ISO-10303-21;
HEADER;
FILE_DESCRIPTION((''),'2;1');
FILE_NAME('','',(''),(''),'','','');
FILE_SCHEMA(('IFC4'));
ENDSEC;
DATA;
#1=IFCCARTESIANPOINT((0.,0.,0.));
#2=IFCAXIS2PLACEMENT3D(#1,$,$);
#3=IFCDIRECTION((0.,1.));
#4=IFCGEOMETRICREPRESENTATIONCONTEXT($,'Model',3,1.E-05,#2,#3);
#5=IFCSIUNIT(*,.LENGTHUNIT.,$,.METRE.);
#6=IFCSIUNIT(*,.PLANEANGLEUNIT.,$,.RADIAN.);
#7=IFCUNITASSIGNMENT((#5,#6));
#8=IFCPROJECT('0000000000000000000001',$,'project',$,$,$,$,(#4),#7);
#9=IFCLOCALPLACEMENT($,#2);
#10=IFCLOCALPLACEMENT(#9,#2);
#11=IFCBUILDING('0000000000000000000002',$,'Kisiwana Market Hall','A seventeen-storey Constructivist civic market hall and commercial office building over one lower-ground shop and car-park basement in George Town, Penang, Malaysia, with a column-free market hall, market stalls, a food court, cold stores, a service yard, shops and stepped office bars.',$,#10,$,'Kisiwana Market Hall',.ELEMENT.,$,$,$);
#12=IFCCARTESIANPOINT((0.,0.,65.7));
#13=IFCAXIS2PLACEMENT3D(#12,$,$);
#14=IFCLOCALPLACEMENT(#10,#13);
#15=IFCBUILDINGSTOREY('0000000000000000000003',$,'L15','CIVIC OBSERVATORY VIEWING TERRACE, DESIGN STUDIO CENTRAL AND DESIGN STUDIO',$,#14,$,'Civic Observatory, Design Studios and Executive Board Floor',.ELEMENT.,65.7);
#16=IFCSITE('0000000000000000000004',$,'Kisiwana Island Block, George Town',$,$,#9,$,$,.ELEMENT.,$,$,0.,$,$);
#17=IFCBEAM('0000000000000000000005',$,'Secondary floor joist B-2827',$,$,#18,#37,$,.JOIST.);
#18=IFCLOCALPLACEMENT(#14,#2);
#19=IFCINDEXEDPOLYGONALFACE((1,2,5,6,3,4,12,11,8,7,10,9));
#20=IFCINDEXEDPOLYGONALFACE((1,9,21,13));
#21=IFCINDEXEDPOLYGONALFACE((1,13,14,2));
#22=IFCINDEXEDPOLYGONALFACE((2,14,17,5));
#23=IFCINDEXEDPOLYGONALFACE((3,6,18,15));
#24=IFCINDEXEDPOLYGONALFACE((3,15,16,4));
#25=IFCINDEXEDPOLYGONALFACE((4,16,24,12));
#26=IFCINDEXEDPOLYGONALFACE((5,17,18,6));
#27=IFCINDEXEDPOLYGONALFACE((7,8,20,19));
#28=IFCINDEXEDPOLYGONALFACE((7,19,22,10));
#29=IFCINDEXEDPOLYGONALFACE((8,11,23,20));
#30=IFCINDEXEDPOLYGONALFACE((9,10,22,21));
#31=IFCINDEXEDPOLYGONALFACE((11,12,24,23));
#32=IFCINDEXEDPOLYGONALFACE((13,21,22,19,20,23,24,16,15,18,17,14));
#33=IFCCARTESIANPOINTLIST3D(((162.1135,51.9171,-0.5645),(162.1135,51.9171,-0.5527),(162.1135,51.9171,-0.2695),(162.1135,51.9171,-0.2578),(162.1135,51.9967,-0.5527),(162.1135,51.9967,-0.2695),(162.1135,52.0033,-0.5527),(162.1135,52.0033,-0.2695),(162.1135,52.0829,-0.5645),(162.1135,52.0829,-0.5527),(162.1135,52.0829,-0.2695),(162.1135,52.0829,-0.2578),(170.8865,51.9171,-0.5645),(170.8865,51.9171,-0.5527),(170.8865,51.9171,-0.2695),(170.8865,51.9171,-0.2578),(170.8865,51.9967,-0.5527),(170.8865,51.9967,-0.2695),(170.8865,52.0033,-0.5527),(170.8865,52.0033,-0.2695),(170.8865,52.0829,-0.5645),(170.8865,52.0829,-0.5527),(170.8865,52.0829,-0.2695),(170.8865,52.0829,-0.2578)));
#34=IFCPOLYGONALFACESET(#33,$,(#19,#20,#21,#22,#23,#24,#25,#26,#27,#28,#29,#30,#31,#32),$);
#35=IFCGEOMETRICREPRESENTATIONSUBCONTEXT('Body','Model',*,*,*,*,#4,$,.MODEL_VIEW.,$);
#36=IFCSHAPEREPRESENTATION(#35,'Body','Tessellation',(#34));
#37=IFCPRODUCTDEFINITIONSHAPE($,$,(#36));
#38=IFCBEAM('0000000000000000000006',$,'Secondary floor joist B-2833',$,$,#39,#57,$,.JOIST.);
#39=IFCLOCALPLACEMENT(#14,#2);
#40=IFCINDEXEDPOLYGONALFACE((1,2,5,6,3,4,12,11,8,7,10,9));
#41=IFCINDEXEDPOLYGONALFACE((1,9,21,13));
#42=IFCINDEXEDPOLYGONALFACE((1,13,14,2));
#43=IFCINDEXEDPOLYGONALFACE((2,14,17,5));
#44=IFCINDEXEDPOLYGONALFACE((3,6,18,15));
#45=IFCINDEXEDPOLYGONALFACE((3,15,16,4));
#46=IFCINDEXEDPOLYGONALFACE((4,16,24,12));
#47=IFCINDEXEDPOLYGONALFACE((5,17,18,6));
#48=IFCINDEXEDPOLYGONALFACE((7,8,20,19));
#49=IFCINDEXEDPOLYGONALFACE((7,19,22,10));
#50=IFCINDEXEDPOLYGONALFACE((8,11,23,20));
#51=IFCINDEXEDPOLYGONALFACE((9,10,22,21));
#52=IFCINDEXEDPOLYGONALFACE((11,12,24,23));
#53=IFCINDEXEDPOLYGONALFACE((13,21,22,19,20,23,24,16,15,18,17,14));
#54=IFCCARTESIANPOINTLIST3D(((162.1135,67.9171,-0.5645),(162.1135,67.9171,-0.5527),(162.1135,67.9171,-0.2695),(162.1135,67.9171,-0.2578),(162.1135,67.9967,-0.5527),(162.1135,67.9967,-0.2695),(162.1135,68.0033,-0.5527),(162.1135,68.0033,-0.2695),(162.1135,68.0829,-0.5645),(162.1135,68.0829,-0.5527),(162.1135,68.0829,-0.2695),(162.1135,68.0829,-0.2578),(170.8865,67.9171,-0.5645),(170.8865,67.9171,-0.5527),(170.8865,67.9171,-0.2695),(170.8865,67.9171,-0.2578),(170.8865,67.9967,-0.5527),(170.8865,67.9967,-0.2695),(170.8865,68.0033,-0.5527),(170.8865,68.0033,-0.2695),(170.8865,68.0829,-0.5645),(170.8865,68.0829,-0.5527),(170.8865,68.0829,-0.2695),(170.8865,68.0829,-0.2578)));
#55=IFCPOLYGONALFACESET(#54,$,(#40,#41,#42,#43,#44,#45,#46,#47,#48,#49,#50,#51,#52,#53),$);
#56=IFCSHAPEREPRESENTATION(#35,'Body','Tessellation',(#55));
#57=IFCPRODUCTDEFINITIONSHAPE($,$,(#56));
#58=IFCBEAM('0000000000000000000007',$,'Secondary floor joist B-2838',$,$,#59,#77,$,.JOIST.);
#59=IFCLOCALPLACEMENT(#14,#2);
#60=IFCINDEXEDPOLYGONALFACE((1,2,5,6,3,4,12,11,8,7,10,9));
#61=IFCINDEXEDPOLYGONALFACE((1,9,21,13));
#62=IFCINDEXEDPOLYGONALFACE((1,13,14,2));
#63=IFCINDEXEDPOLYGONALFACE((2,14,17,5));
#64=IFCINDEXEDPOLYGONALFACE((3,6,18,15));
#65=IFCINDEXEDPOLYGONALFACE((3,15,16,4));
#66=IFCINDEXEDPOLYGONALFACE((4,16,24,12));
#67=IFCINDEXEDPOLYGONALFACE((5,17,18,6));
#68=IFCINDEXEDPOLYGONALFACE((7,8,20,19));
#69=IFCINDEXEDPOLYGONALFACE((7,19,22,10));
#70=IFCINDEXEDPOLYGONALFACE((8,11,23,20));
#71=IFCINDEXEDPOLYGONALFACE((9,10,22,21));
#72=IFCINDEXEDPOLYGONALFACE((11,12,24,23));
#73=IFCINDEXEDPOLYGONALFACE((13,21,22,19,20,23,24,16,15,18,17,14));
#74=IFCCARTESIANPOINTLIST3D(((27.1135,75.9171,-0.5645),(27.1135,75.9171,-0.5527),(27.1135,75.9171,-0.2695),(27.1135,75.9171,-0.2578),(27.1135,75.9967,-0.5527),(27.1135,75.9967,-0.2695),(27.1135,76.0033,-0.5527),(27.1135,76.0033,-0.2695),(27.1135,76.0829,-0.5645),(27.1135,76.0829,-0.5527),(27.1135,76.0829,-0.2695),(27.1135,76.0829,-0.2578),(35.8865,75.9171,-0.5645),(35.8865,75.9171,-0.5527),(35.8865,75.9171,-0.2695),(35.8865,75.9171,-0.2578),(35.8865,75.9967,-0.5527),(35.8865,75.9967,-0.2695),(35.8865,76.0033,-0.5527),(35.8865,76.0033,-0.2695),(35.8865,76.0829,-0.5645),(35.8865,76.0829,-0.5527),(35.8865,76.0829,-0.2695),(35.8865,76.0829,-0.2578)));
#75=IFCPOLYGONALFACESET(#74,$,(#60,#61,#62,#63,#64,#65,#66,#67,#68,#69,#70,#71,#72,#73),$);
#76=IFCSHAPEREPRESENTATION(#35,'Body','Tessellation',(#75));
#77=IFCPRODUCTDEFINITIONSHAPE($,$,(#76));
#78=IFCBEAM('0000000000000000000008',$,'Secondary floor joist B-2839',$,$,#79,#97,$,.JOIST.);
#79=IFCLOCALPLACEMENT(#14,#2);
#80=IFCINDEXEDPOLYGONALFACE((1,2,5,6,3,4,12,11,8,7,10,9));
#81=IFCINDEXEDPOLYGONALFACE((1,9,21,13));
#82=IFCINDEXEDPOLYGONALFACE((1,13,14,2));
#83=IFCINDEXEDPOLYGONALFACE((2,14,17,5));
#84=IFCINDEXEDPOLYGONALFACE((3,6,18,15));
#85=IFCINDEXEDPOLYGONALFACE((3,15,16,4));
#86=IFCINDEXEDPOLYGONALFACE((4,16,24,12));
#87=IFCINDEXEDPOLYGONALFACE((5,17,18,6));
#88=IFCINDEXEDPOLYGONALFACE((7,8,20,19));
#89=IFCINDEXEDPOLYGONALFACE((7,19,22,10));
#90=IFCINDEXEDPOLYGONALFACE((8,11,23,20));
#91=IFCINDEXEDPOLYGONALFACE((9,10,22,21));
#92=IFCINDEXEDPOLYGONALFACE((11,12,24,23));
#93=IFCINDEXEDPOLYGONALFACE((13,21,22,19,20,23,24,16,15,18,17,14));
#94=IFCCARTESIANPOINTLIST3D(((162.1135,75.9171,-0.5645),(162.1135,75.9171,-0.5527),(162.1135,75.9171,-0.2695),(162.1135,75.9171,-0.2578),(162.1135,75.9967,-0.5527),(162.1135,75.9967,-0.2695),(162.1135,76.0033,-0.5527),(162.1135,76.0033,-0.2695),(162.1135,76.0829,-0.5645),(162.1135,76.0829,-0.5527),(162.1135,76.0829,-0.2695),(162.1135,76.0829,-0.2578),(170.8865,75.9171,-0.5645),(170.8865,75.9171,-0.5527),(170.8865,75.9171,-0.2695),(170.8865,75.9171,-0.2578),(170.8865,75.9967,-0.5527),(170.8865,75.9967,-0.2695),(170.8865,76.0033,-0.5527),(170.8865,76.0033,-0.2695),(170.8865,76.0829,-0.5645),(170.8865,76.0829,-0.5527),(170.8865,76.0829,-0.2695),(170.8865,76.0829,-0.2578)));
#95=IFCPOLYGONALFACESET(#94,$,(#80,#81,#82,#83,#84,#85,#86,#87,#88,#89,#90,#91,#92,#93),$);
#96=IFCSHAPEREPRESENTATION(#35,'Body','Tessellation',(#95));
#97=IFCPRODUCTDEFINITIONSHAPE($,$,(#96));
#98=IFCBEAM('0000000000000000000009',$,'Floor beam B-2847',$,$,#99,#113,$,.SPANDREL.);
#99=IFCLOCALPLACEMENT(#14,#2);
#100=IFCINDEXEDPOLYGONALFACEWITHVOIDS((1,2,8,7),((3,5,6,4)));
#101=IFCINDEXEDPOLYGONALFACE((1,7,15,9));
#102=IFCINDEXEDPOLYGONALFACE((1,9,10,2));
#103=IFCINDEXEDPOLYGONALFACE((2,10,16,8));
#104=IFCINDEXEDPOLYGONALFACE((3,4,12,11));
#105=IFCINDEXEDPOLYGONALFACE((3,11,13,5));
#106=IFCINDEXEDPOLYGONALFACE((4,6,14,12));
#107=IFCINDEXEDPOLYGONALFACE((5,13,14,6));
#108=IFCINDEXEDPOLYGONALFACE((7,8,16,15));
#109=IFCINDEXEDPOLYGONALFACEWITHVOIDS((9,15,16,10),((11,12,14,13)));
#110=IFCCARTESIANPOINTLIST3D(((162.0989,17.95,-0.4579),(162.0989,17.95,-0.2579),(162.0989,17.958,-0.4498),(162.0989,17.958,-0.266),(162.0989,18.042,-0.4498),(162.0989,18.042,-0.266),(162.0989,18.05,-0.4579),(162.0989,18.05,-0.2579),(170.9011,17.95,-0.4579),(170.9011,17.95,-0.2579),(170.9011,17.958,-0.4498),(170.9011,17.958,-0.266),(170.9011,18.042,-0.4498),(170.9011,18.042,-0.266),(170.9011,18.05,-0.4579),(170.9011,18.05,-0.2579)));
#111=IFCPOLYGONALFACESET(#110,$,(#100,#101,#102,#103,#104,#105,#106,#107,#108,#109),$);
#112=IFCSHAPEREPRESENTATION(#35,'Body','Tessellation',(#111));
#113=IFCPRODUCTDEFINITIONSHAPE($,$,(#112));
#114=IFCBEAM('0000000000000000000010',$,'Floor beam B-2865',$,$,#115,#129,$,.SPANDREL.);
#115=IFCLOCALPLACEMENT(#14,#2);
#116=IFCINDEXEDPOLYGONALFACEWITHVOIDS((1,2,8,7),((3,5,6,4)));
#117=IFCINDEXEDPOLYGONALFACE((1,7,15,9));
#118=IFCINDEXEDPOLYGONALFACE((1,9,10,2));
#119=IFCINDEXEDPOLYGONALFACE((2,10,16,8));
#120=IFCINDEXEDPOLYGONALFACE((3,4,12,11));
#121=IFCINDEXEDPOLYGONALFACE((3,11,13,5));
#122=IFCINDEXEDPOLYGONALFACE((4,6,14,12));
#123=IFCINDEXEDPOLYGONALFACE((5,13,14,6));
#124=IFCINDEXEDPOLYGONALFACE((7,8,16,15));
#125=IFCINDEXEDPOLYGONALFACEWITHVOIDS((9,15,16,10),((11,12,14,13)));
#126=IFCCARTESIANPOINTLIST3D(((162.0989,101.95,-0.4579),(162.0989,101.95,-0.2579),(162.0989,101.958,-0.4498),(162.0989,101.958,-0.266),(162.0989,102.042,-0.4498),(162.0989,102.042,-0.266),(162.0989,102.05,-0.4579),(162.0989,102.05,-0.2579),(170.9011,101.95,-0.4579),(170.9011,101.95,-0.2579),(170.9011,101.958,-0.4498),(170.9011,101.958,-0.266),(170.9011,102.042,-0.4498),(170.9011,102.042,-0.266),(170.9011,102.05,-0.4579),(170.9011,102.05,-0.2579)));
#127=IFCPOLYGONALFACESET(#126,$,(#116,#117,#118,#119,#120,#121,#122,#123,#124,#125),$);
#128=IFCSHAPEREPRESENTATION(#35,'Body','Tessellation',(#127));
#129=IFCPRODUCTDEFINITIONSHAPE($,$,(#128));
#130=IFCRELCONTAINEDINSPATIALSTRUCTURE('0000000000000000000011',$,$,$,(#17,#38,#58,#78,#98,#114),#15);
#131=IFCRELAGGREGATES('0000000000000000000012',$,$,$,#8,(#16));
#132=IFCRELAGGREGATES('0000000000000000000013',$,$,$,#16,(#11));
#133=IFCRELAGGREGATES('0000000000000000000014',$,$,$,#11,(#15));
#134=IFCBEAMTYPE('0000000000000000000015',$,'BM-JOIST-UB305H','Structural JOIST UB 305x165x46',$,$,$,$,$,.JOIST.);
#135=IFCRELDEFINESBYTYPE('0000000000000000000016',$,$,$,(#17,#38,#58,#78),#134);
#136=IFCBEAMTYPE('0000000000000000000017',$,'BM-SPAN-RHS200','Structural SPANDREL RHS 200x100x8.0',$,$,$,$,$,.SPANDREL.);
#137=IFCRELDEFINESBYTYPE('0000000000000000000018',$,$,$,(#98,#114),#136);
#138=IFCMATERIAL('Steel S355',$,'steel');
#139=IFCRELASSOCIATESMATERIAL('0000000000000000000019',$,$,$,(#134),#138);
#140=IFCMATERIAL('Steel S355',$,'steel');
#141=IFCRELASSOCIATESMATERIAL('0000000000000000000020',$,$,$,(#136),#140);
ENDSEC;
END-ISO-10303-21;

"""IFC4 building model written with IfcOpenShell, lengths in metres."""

from ifc_helpers import new_model, si_unit, direction, frame, origin, origin_2d, place, context, subcontext, project, spatial, hollow_rectangle, i_section, extrude, material, material_profile, profile_set, type_object, element, save


model = new_model("IFC4")

# Units and contexts
model_context = context("Model", 3, precision=1e-05, world=origin(), true_north=direction((0.0, 1.0)))
body_context = subcontext(model_context, "Body", "Model", "MODEL_VIEW")
ifc_project = project(units=[si_unit("LENGTHUNIT", "METRE"), si_unit("PLANEANGLEUNIT", "RADIAN")], contexts=[model_context])

# Site, building, storey
site_placement = place(None, origin())
site = spatial("IfcSite", under=ifc_project, at=site_placement, Name="Kisiwana Island Block, George Town", CompositionType="ELEMENT", RefElevation=0.0)
building_placement = place(site_placement, origin())
building = spatial("IfcBuilding", under=site, at=building_placement, Name="Kisiwana Market Hall", Description="A seventeen-storey Constructivist civic market hall and commercial office building over one lower-ground shop and car-park basement in George Town, Penang, Malaysia, with a column-free market hall, market stalls, a food court, cold stores, a service yard, shops and stepped office bars.", LongName="Kisiwana Market Hall", CompositionType="ELEMENT")
storey_placement = place(building_placement, frame((0.0, 0.0, 65.7)))
storey = spatial("IfcBuildingStorey", under=building, at=storey_placement, Name="L15", Description="CIVIC OBSERVATORY VIEWING TERRACE, DESIGN STUDIO CENTRAL AND DESIGN STUDIO", LongName="Civic Observatory, Design Studios and Executive Board Floor", CompositionType="ELEMENT", Elevation=65.7)

# Beams
ifc_material_1 = material(Name="Steel S355", Category="steel")
ifc_material_profile_1 = material_profile(ifc_material_1, i_section(OverallWidth=0.1658, OverallDepth=0.3066, WebThickness=0.0066, FlangeThickness=0.0117, at=origin_2d()), Name="UB 305x165x46")
ifc_profile_set_1 = profile_set([ifc_material_profile_1], Name="Steel S355")
beam_type_1 = type_object("IfcBeamType", Name="BM-JOIST-UB305H", Description="Structural JOIST UB 305x165x46", PredefinedType="JOIST", material=ifc_profile_set_1)
for number, where, z_axis, x_axis, name in (
    (1, (162.1135, 52.0, -0.4111), (1.0, 0.0, 0.0), (0.0, 1.0, 0.0), "Secondary floor joist B-2827"),
    (2, (162.1135, 68.0, -0.4111), (1.0, 0.0, 0.0), (0.0, 1.0, 0.0), "Secondary floor joist B-2833"),
    (3, (27.1135, 76.0, -0.4111), (1.0, 0.0, 0.0), (0.0, 1.0, 0.0), "Secondary floor joist B-2838"),
    (4, (162.1135, 76.0, -0.4111), (1.0, 0.0, 0.0), (0.0, 1.0, 0.0), "Secondary floor joist B-2839"),
):
    element("IfcBeam", number, at=place(storey_placement, frame(where, z_axis=z_axis, x_axis=x_axis)), inside=storey, type_object=beam_type_1, Name=name, PredefinedType="JOIST", context=body_context, shape_type="SweptSolid", body=[
        extrude(i_section(OverallWidth=0.1658, OverallDepth=0.3066, WebThickness=0.0066, FlangeThickness=0.0117, at=origin_2d()), origin(), (0.0, 0.0, 1.0), 8.7729),
    ])
ifc_material_2 = material(Name="Steel S355", Category="steel")
ifc_material_profile_2 = material_profile(ifc_material_2, hollow_rectangle(XDim=0.1001, YDim=0.2, WallThickness=0.0081, at=origin_2d()), Name="RHS 200x100x8.0")
ifc_profile_set_2 = profile_set([ifc_material_profile_2], Name="Steel S355")
beam_type_2 = type_object("IfcBeamType", Name="BM-SPAN-RHS200", Description="Structural SPANDREL RHS 200x100x8.0", PredefinedType="SPANDREL", material=ifc_profile_set_2)
for number, where, z_axis, x_axis, name in (
    (5, (162.0989, 18.0, -0.3579), (1.0, 0.0, 0.0), (0.0, 1.0, 0.0), "Floor beam B-2847"),
    (6, (162.0989, 102.0, -0.3579), (1.0, 0.0, 0.0), (0.0, 1.0, 0.0), "Floor beam B-2865"),
):
    element("IfcBeam", number, at=place(storey_placement, frame(where, z_axis=z_axis, x_axis=x_axis)), inside=storey, type_object=beam_type_2, Name=name, PredefinedType="SPANDREL", context=body_context, shape_type="SweptSolid", body=[
        extrude(hollow_rectangle(XDim=0.1001, YDim=0.2, WallThickness=0.0081, at=origin_2d()), origin(), (0.0, 0.0, 1.0), 8.8022),
    ])

save(model, "model.ifc")
